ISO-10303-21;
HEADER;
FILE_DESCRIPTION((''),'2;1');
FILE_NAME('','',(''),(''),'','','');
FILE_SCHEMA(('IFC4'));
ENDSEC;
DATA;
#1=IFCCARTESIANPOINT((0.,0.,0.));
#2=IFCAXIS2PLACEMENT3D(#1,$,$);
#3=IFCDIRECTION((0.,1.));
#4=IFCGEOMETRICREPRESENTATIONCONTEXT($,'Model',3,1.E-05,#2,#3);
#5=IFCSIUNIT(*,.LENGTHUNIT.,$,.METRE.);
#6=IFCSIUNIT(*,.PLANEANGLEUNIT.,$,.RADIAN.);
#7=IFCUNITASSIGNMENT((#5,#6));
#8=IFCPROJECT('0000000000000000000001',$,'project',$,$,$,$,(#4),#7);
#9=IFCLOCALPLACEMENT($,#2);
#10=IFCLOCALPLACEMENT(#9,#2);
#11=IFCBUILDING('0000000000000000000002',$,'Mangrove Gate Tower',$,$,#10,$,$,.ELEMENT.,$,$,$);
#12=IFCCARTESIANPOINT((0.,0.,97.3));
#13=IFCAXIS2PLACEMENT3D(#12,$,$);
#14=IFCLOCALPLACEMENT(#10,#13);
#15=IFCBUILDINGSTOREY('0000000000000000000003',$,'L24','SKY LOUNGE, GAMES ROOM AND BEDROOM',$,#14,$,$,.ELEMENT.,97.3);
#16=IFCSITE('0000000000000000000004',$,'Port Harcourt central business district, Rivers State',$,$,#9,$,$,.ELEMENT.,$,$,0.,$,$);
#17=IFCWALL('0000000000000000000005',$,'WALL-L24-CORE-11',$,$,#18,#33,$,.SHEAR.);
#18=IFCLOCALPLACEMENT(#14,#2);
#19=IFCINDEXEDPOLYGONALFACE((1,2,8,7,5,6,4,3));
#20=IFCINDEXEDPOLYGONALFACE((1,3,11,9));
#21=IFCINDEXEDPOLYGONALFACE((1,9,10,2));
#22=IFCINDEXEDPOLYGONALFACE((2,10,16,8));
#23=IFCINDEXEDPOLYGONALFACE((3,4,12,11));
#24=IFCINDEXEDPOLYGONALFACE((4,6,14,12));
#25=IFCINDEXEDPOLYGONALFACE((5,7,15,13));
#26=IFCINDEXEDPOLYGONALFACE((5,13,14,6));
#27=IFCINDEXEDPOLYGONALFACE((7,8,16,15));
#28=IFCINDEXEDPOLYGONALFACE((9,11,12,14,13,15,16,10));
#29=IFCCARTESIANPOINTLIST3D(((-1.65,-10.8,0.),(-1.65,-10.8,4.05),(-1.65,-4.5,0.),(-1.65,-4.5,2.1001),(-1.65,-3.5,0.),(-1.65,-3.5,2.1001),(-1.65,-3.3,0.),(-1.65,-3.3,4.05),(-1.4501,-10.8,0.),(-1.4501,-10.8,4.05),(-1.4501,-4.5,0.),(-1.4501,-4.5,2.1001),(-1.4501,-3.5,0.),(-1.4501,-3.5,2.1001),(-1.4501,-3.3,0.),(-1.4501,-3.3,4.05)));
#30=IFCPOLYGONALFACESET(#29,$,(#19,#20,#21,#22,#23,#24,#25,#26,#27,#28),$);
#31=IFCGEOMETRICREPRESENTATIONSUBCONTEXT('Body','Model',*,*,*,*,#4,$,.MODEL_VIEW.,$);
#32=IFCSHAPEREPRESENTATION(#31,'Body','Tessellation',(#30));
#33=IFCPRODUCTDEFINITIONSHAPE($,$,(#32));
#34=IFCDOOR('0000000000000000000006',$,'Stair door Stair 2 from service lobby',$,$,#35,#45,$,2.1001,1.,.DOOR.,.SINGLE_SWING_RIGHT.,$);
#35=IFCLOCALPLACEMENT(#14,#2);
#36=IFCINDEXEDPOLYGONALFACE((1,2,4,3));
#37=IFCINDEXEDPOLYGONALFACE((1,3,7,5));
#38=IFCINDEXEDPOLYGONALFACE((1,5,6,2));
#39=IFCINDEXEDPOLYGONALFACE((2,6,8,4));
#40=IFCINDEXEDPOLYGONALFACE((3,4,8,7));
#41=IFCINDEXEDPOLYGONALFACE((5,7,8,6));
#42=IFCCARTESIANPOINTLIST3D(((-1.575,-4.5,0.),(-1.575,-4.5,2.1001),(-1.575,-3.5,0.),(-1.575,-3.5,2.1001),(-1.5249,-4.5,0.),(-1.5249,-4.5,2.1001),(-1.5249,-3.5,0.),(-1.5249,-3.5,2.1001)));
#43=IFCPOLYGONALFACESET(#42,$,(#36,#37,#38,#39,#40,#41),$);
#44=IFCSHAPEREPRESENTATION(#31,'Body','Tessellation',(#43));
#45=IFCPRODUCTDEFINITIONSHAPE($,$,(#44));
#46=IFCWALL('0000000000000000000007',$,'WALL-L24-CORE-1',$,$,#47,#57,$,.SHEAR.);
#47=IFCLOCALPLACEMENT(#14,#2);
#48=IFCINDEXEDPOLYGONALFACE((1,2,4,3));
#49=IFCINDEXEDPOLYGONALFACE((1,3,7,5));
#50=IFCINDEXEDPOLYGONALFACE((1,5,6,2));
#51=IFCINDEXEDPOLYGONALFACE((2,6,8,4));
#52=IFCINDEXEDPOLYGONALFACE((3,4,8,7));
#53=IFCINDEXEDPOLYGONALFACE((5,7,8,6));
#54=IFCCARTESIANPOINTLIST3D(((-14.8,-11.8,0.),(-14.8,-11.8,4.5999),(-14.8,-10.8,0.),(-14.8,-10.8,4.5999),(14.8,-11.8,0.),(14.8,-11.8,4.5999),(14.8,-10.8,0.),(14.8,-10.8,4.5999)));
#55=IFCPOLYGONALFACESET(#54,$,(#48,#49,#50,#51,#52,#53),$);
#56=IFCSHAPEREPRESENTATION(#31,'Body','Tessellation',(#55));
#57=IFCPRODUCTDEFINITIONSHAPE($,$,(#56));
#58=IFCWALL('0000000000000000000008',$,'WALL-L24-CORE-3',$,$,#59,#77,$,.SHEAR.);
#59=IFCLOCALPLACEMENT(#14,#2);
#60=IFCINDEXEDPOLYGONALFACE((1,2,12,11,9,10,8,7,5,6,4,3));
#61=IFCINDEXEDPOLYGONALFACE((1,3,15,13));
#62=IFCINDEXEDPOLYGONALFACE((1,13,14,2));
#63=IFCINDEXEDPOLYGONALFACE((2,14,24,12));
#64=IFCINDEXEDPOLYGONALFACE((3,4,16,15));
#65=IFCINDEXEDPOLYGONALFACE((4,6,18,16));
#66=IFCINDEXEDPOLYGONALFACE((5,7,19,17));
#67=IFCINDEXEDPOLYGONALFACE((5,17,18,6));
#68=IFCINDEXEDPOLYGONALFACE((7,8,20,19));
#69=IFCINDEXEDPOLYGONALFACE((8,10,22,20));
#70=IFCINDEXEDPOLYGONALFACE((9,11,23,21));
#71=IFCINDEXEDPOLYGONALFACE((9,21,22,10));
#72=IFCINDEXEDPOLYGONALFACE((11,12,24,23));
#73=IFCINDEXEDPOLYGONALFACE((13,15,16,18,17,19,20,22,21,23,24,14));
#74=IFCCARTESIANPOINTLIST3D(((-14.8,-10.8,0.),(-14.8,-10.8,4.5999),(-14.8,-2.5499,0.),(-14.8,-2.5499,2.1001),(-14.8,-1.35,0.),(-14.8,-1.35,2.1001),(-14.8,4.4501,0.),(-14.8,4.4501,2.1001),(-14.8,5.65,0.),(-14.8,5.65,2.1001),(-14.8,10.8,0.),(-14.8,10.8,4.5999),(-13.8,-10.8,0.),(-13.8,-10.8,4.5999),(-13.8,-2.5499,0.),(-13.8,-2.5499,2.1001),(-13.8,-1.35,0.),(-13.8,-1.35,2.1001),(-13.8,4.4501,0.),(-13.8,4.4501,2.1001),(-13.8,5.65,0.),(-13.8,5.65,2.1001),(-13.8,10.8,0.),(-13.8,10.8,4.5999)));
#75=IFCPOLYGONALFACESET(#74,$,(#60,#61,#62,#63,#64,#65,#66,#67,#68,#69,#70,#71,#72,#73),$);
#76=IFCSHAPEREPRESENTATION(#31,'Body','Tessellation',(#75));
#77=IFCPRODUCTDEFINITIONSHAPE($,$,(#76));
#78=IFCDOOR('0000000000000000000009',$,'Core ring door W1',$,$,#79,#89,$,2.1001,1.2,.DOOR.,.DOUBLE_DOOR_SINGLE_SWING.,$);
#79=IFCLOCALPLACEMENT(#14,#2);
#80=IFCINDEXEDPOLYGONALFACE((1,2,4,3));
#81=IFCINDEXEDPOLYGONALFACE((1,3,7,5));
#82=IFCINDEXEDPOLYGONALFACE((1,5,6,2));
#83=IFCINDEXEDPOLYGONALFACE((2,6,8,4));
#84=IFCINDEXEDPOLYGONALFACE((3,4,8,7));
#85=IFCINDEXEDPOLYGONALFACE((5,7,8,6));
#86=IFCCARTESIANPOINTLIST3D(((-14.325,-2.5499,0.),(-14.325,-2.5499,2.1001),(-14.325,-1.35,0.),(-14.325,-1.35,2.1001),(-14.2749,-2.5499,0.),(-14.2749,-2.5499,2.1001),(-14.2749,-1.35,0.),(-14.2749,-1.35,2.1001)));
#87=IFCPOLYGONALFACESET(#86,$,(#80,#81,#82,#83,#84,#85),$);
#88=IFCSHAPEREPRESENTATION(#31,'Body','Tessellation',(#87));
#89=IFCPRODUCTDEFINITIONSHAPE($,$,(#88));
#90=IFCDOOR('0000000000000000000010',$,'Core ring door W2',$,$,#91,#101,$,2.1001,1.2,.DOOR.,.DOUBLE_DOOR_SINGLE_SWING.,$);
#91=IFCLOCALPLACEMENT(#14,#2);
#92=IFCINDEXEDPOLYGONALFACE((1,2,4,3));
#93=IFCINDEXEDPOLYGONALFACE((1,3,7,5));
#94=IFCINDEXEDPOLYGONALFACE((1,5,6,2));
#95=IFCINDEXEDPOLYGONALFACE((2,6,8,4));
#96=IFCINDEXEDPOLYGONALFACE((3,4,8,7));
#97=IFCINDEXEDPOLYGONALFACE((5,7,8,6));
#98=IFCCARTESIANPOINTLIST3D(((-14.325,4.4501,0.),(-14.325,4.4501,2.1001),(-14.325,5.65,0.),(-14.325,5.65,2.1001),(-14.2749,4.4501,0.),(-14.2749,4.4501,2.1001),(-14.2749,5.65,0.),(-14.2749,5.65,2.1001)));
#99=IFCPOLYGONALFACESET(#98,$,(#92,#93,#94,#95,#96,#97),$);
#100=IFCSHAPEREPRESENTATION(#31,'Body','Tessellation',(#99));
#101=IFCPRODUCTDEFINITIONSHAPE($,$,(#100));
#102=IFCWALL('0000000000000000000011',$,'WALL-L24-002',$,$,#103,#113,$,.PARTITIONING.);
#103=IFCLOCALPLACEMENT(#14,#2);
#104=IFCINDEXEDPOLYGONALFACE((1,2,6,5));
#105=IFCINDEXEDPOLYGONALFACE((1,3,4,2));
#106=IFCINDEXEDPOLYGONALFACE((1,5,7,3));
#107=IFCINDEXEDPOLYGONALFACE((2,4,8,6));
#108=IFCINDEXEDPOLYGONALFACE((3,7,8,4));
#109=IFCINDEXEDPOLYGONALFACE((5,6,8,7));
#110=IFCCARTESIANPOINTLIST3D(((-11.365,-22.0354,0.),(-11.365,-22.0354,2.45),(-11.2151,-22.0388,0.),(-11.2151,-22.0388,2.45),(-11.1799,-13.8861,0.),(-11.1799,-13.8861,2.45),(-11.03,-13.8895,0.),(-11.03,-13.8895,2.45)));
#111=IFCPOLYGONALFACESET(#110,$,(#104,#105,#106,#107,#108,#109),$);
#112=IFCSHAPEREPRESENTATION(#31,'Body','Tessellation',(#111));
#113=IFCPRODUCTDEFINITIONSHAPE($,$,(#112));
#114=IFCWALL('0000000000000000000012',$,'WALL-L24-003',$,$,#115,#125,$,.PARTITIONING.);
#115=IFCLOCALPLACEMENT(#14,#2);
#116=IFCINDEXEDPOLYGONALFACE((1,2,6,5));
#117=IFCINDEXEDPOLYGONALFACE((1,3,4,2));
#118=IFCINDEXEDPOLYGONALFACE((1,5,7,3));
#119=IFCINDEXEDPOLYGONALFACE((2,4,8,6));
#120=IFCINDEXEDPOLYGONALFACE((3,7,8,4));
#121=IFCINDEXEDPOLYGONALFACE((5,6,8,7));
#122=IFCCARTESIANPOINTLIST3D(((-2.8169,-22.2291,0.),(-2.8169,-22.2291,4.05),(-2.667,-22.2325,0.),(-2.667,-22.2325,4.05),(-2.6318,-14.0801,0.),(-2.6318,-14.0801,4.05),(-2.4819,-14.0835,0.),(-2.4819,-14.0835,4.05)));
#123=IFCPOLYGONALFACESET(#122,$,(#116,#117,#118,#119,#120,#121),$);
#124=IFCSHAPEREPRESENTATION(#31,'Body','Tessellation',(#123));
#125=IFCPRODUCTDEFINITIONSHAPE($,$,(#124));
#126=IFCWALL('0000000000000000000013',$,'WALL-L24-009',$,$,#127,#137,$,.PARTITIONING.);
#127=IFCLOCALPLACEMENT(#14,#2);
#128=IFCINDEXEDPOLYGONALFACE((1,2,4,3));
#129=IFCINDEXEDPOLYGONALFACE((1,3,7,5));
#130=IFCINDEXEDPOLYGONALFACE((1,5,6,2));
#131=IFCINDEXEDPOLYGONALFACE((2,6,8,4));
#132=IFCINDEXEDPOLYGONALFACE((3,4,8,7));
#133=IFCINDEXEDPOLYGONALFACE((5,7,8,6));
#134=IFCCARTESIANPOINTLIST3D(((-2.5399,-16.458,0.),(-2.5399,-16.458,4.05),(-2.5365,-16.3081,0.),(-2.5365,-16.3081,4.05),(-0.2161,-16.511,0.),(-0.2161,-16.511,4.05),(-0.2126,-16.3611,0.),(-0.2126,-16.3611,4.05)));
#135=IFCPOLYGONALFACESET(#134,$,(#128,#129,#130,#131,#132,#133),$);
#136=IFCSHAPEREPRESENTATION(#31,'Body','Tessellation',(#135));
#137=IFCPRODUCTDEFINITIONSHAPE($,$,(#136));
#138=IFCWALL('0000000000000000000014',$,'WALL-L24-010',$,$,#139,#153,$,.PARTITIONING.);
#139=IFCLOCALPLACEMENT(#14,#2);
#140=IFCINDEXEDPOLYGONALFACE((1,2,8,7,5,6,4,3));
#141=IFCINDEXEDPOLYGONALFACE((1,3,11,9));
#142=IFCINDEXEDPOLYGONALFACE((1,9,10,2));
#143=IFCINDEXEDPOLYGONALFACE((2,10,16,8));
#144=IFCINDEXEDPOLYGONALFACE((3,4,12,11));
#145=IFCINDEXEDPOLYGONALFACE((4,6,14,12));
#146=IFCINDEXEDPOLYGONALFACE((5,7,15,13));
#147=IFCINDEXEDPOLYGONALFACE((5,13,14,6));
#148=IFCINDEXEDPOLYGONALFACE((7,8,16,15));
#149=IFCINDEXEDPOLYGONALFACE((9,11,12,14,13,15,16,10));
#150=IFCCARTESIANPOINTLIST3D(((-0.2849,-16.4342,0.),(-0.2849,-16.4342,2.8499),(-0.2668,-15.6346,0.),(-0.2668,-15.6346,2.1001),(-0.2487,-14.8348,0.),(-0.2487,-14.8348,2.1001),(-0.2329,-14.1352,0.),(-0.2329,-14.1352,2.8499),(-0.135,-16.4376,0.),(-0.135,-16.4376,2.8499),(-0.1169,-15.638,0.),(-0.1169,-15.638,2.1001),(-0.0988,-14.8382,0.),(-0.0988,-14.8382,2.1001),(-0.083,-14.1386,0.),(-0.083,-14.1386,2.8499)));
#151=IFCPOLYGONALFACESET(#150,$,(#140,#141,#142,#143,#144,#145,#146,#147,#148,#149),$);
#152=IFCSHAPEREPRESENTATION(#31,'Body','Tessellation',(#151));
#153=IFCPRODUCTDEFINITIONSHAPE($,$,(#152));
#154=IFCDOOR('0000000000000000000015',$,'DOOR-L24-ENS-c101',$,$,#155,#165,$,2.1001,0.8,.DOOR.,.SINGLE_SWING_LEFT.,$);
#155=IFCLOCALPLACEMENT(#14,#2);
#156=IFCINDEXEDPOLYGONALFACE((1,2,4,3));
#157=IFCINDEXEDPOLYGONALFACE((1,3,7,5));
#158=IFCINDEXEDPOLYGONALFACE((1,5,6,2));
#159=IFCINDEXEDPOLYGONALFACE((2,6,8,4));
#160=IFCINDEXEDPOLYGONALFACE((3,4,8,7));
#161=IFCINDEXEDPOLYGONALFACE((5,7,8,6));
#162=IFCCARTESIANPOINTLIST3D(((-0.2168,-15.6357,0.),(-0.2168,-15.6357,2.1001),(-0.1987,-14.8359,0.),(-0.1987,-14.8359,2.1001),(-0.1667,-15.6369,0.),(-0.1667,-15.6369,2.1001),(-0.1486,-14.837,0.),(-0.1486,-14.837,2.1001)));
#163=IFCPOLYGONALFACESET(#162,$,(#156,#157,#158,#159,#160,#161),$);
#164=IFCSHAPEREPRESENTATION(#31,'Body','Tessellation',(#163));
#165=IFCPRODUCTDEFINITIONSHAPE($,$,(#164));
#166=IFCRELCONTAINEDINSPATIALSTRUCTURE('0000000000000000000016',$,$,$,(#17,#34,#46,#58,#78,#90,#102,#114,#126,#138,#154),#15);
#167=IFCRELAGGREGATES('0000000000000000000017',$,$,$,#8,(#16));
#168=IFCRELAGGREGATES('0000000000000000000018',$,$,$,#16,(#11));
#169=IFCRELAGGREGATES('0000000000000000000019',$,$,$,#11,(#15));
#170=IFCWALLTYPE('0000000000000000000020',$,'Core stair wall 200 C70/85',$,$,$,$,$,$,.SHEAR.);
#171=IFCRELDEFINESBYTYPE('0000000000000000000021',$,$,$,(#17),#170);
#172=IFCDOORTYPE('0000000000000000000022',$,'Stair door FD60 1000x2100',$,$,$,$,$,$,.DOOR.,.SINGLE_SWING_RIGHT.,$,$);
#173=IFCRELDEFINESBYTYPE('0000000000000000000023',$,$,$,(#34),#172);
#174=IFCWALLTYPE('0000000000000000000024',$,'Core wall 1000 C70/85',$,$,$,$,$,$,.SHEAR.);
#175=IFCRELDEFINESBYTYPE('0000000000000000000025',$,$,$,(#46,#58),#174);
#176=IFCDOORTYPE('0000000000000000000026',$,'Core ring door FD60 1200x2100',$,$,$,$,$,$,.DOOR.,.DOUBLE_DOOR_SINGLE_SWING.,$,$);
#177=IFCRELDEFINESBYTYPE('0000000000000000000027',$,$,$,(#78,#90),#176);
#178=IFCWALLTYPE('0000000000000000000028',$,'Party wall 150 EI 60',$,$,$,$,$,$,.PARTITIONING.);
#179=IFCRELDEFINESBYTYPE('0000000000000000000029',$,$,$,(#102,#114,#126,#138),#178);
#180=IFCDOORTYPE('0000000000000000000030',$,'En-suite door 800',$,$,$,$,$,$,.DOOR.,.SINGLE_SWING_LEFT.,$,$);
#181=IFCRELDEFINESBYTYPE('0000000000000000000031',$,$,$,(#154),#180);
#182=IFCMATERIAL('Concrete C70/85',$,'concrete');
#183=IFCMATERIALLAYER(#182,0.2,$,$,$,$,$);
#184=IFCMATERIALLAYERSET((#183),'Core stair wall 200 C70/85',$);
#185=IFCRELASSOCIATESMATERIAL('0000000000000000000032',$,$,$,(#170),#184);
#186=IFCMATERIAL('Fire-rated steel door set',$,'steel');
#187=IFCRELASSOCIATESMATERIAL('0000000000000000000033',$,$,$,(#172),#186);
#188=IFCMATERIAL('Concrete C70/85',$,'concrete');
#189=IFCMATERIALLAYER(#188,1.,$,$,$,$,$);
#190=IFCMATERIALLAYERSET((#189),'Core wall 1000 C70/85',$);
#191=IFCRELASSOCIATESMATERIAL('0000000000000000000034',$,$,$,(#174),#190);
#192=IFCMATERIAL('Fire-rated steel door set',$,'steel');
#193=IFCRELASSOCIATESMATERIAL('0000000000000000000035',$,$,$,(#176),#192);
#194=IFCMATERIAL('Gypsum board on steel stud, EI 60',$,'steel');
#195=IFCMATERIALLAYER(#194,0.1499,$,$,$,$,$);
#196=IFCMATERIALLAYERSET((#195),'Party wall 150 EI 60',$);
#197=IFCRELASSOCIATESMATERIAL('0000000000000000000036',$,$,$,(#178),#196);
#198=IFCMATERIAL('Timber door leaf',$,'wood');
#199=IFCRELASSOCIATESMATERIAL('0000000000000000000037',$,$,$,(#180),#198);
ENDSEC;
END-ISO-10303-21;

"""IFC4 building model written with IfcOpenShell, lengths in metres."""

from ifc_helpers import new_model, si_unit, direction, frame, frame_2d, origin, place, context, subcontext, project, spatial, rectangle, extrude, material, layer, layer_set, type_object, element, fill, save


model = new_model("IFC4")

# Units and contexts
model_context = context("Model", 3, precision=1e-05, world=origin(), true_north=direction((0.0, 1.0)))
body_context = subcontext(model_context, "Body", "Model", "MODEL_VIEW")
ifc_project = project(units=[si_unit("LENGTHUNIT", "METRE"), si_unit("PLANEANGLEUNIT", "RADIAN")], contexts=[model_context])

# Site, building, storey
site_placement = place(None, origin())
site = spatial("IfcSite", under=ifc_project, at=site_placement, Name="Port Harcourt central business district, Rivers State", CompositionType="ELEMENT", RefElevation=0.0)
building_placement = place(site_placement, origin())
building = spatial("IfcBuilding", under=site, at=building_placement, Name="Mangrove Gate Tower", CompositionType="ELEMENT")
storey_placement = place(building_placement, frame((0.0, 0.0, 97.3)))
storey = spatial("IfcBuildingStorey", under=building, at=storey_placement, Name="L24", Description="SKY LOUNGE, GAMES ROOM AND BEDROOM", CompositionType="ELEMENT", Elevation=97.3)

# Shared definitions
ifc_material_1 = material(Name="Concrete C70/85", Category="concrete")
ifc_layer_1 = layer(ifc_material_1, 0.2)
ifc_layer_set_1 = layer_set([ifc_layer_1], Name="Core stair wall 200 C70/85")
wall_type_1 = type_object("IfcWallType", Name="Core stair wall 200 C70/85", PredefinedType="SHEAR", material=ifc_layer_set_1)

# Wall, opening, door
wall_1_placement = place(storey_placement, frame((-1.55, -10.8, 0.0), z_axis=(0.0, 0.0, 1.0), x_axis=(0.0, 1.0, 0.0)))
wall_1 = element("IfcWall", 1, at=wall_1_placement, inside=storey, type_object=wall_type_1, Name="WALL-L24-CORE-11", PredefinedType="SHEAR", context=body_context, shape_type="SweptSolid", body=[
    extrude(rectangle(XDim=7.5, YDim=0.2, at=frame_2d((3.75, 0.0))), origin(), (0.0, 0.0, 1.0), 4.05),
])
opening_1_placement = place(wall_1_placement, frame((6.3, 0.0, 0.0)))
opening_1 = element("IfcOpeningElement", 2, at=opening_1_placement, cuts=wall_1, PredefinedType="OPENING", context=body_context, shape_type="SweptSolid", body=[
    extrude(rectangle(XDim=1.0, YDim=2.1001, at=frame_2d((0.5, 1.05))), frame((0.0, 0.1099, 0.0), z_axis=(0.0, -1.0, 0.0), x_axis=(1.0, 0.0, 0.0)), (0.0, 0.0, 1.0), 0.22),
])
ifc_material_2 = material(Name="Fire-rated steel door set", Category="steel")
door_type_1 = type_object("IfcDoorType", Name="Stair door FD60 1000x2100", OperationType="SINGLE_SWING_RIGHT", PredefinedType="DOOR", material=ifc_material_2)
door_1_placement = place(opening_1_placement, origin())
door_1 = element("IfcDoor", 3, at=door_1_placement, inside=storey, type_object=door_type_1, Name="Stair door Stair 2 from service lobby", OperationType="SINGLE_SWING_RIGHT", OverallHeight=2.1001, OverallWidth=1.0, PredefinedType="DOOR", context=body_context, shape_type="SweptSolid", body=[
    extrude(rectangle(XDim=1.0, YDim=2.1001, at=frame_2d((0.5, 1.05))), frame((0.0, 0.0249, 0.0), z_axis=(0.0, -1.0, 0.0), x_axis=(1.0, 0.0, 0.0)), (0.0, 0.0, 1.0), 0.05),
])
fill(opening_1, door_1)

# Wall
ifc_material_3 = material(Name="Concrete C70/85", Category="concrete")
ifc_layer_2 = layer(ifc_material_3, 1.0)
ifc_layer_set_2 = layer_set([ifc_layer_2], Name="Core wall 1000 C70/85")
wall_type_2 = type_object("IfcWallType", Name="Core wall 1000 C70/85", PredefinedType="SHEAR", material=ifc_layer_set_2)
wall_2_placement = place(storey_placement, frame((-14.8, -11.3, 0.0), z_axis=(0.0, 0.0, 1.0), x_axis=(1.0, 0.0, 0.0)))
element("IfcWall", 4, at=wall_2_placement, inside=storey, type_object=wall_type_2, Name="WALL-L24-CORE-1", PredefinedType="SHEAR", context=body_context, shape_type="SweptSolid", body=[
    extrude(rectangle(XDim=29.6001, YDim=1.0, at=frame_2d((14.8, 0.0))), origin(), (0.0, 0.0, 1.0), 4.5999),
])

# Wall, openings, doors
wall_3_placement = place(storey_placement, frame((-14.3, -10.8, 0.0), z_axis=(0.0, 0.0, 1.0), x_axis=(0.0, 1.0, 0.0)))
wall_3 = element("IfcWall", 5, at=wall_3_placement, inside=storey, type_object=wall_type_2, Name="WALL-L24-CORE-3", PredefinedType="SHEAR", context=body_context, shape_type="SweptSolid", body=[
    extrude(rectangle(XDim=21.6001, YDim=1.0, at=frame_2d((10.8, 0.0))), origin(), (0.0, 0.0, 1.0), 4.5999),
])
opening_2_placement = place(wall_3_placement, frame((8.25, 0.0, 0.0)))
opening_2 = element("IfcOpeningElement", 6, at=opening_2_placement, cuts=wall_3, PredefinedType="OPENING", context=body_context, shape_type="SweptSolid", body=[
    extrude(rectangle(XDim=1.2, YDim=2.1001, at=frame_2d((0.6001, 1.05))), frame((0.0, 0.51, 0.0), z_axis=(0.0, -1.0, 0.0), x_axis=(1.0, 0.0, 0.0)), (0.0, 0.0, 1.0), 1.02),
])
opening_3_placement = place(wall_3_placement, frame((15.25, 0.0, 0.0)))
opening_3 = element("IfcOpeningElement", 7, at=opening_3_placement, cuts=wall_3, PredefinedType="OPENING", context=body_context, shape_type="SweptSolid", body=[
    extrude(rectangle(XDim=1.2, YDim=2.1001, at=frame_2d((0.6001, 1.05))), frame((0.0, 0.51, 0.0), z_axis=(0.0, -1.0, 0.0), x_axis=(1.0, 0.0, 0.0)), (0.0, 0.0, 1.0), 1.02),
])
ifc_material_4 = material(Name="Fire-rated steel door set", Category="steel")
door_type_2 = type_object("IfcDoorType", Name="Core ring door FD60 1200x2100", OperationType="DOUBLE_DOOR_SINGLE_SWING", PredefinedType="DOOR", material=ifc_material_4)
door_2_placement = place(opening_2_placement, origin())
door_2 = element("IfcDoor", 8, at=door_2_placement, inside=storey, type_object=door_type_2, Name="Core ring door W1", OperationType="DOUBLE_DOOR_SINGLE_SWING", OverallHeight=2.1001, OverallWidth=1.2, PredefinedType="DOOR", context=body_context, shape_type="SweptSolid", body=[
    extrude(rectangle(XDim=1.2, YDim=2.1001, at=frame_2d((0.6001, 1.05))), frame((0.0, 0.0249, 0.0), z_axis=(0.0, -1.0, 0.0), x_axis=(1.0, 0.0, 0.0)), (0.0, 0.0, 1.0), 0.05),
])
fill(opening_2, door_2)
door_3_placement = place(opening_3_placement, origin())
door_3 = element("IfcDoor", 9, at=door_3_placement, inside=storey, type_object=door_type_2, Name="Core ring door W2", OperationType="DOUBLE_DOOR_SINGLE_SWING", OverallHeight=2.1001, OverallWidth=1.2, PredefinedType="DOOR", context=body_context, shape_type="SweptSolid", body=[
    extrude(rectangle(XDim=1.2, YDim=2.1001, at=frame_2d((0.6001, 1.05))), frame((0.0, 0.0249, 0.0), z_axis=(0.0, -1.0, 0.0), x_axis=(1.0, 0.0, 0.0)), (0.0, 0.0, 1.0), 0.05),
])
fill(opening_3, door_3)

# Walls
ifc_material_5 = material(Name="Gypsum board on steel stud, EI 60", Category="steel")
ifc_layer_3 = layer(ifc_material_5, 0.1499)
ifc_layer_set_3 = layer_set([ifc_layer_3], Name="Party wall 150 EI 60")
wall_type_3 = type_object("IfcWallType", Name="Party wall 150 EI 60", PredefinedType="PARTITIONING", material=ifc_layer_set_3)
wall_4_placement = place(storey_placement, frame((-11.29, -22.0371, 0.0), z_axis=(0.0, 0.0, 1.0), x_axis=(0.022703, 0.999742, 0.0)))
element("IfcWall", 10, at=wall_4_placement, inside=storey, type_object=wall_type_3, Name="WALL-L24-002", PredefinedType="PARTITIONING", context=body_context, shape_type="SweptSolid", body=[
    extrude(rectangle(XDim=8.1514, YDim=0.1499, at=frame_2d((4.0757, 0.0))), origin(), (0.0, 0.0, 1.0), 2.45),
])
wall_5_placement = place(storey_placement, frame((-2.7419, -22.231, 0.0), z_axis=(0.0, 0.0, 1.0), x_axis=(0.022704, 0.999742, 0.0)))
element("IfcWall", 11, at=wall_5_placement, inside=storey, type_object=wall_type_3, Name="WALL-L24-003", PredefinedType="PARTITIONING", context=body_context, shape_type="SweptSolid", body=[
    extrude(rectangle(XDim=8.1511, YDim=0.1499, at=frame_2d((4.0757, 0.0))), origin(), (0.0, 0.0, 1.0), 4.05),
])
wall_6_placement = place(storey_placement, frame((-2.5381, -16.3831, 0.0), z_axis=(0.0, 0.0, 1.0), x_axis=(0.99974, -0.022791, 0.0)))
element("IfcWall", 12, at=wall_6_placement, inside=storey, type_object=wall_type_3, Name="WALL-L24-009", PredefinedType="PARTITIONING", context=body_context, shape_type="SweptSolid", body=[
    extrude(rectangle(XDim=2.3245, YDim=0.1499, at=frame_2d((1.1621, 0.0))), origin(), (0.0, 0.0, 1.0), 4.05),
])

# Wall, opening, door
wall_7_placement = place(storey_placement, frame((-0.21, -16.436, 0.0), z_axis=(0.0, 0.0, 1.0), x_axis=(0.022613, 0.999744, 0.0)))
wall_7 = element("IfcWall", 13, at=wall_7_placement, inside=storey, type_object=wall_type_3, Name="WALL-L24-010", PredefinedType="PARTITIONING", context=body_context, shape_type="SweptSolid", body=[
    extrude(rectangle(XDim=2.2996, YDim=0.1499, at=frame_2d((1.1499, 0.0))), origin(), (0.0, 0.0, 1.0), 2.8499),
])
opening_4_placement = place(wall_7_placement, frame((0.8, 0.0, 0.0)))
opening_4 = element("IfcOpeningElement", 14, at=opening_4_placement, cuts=wall_7, PredefinedType="OPENING", context=body_context, shape_type="SweptSolid", body=[
    extrude(rectangle(XDim=0.8, YDim=2.1001, at=frame_2d((0.3999, 1.05))), frame((0.0, 0.085, 0.0), z_axis=(0.0, -1.0, 0.0), x_axis=(1.0, 0.0, 0.0)), (0.0, 0.0, 1.0), 0.1699),
])
ifc_material_6 = material(Name="Timber door leaf", Category="wood")
door_type_3 = type_object("IfcDoorType", Name="En-suite door 800", OperationType="SINGLE_SWING_LEFT", PredefinedType="DOOR", material=ifc_material_6)
door_4_placement = place(opening_4_placement, origin())
door_4 = element("IfcDoor", 15, at=door_4_placement, inside=storey, type_object=door_type_3, Name="DOOR-L24-ENS-c101", OperationType="SINGLE_SWING_LEFT", OverallHeight=2.1001, OverallWidth=0.8, PredefinedType="DOOR", context=body_context, shape_type="SweptSolid", body=[
    extrude(rectangle(XDim=0.8, YDim=2.1001, at=frame_2d((0.3999, 1.05))), frame((0.0, 0.0249, 0.0), z_axis=(0.0, -1.0, 0.0), x_axis=(1.0, 0.0, 0.0)), (0.0, 0.0, 1.0), 0.05),
])
fill(opening_4, door_4)

save(model, "model.ifc")
